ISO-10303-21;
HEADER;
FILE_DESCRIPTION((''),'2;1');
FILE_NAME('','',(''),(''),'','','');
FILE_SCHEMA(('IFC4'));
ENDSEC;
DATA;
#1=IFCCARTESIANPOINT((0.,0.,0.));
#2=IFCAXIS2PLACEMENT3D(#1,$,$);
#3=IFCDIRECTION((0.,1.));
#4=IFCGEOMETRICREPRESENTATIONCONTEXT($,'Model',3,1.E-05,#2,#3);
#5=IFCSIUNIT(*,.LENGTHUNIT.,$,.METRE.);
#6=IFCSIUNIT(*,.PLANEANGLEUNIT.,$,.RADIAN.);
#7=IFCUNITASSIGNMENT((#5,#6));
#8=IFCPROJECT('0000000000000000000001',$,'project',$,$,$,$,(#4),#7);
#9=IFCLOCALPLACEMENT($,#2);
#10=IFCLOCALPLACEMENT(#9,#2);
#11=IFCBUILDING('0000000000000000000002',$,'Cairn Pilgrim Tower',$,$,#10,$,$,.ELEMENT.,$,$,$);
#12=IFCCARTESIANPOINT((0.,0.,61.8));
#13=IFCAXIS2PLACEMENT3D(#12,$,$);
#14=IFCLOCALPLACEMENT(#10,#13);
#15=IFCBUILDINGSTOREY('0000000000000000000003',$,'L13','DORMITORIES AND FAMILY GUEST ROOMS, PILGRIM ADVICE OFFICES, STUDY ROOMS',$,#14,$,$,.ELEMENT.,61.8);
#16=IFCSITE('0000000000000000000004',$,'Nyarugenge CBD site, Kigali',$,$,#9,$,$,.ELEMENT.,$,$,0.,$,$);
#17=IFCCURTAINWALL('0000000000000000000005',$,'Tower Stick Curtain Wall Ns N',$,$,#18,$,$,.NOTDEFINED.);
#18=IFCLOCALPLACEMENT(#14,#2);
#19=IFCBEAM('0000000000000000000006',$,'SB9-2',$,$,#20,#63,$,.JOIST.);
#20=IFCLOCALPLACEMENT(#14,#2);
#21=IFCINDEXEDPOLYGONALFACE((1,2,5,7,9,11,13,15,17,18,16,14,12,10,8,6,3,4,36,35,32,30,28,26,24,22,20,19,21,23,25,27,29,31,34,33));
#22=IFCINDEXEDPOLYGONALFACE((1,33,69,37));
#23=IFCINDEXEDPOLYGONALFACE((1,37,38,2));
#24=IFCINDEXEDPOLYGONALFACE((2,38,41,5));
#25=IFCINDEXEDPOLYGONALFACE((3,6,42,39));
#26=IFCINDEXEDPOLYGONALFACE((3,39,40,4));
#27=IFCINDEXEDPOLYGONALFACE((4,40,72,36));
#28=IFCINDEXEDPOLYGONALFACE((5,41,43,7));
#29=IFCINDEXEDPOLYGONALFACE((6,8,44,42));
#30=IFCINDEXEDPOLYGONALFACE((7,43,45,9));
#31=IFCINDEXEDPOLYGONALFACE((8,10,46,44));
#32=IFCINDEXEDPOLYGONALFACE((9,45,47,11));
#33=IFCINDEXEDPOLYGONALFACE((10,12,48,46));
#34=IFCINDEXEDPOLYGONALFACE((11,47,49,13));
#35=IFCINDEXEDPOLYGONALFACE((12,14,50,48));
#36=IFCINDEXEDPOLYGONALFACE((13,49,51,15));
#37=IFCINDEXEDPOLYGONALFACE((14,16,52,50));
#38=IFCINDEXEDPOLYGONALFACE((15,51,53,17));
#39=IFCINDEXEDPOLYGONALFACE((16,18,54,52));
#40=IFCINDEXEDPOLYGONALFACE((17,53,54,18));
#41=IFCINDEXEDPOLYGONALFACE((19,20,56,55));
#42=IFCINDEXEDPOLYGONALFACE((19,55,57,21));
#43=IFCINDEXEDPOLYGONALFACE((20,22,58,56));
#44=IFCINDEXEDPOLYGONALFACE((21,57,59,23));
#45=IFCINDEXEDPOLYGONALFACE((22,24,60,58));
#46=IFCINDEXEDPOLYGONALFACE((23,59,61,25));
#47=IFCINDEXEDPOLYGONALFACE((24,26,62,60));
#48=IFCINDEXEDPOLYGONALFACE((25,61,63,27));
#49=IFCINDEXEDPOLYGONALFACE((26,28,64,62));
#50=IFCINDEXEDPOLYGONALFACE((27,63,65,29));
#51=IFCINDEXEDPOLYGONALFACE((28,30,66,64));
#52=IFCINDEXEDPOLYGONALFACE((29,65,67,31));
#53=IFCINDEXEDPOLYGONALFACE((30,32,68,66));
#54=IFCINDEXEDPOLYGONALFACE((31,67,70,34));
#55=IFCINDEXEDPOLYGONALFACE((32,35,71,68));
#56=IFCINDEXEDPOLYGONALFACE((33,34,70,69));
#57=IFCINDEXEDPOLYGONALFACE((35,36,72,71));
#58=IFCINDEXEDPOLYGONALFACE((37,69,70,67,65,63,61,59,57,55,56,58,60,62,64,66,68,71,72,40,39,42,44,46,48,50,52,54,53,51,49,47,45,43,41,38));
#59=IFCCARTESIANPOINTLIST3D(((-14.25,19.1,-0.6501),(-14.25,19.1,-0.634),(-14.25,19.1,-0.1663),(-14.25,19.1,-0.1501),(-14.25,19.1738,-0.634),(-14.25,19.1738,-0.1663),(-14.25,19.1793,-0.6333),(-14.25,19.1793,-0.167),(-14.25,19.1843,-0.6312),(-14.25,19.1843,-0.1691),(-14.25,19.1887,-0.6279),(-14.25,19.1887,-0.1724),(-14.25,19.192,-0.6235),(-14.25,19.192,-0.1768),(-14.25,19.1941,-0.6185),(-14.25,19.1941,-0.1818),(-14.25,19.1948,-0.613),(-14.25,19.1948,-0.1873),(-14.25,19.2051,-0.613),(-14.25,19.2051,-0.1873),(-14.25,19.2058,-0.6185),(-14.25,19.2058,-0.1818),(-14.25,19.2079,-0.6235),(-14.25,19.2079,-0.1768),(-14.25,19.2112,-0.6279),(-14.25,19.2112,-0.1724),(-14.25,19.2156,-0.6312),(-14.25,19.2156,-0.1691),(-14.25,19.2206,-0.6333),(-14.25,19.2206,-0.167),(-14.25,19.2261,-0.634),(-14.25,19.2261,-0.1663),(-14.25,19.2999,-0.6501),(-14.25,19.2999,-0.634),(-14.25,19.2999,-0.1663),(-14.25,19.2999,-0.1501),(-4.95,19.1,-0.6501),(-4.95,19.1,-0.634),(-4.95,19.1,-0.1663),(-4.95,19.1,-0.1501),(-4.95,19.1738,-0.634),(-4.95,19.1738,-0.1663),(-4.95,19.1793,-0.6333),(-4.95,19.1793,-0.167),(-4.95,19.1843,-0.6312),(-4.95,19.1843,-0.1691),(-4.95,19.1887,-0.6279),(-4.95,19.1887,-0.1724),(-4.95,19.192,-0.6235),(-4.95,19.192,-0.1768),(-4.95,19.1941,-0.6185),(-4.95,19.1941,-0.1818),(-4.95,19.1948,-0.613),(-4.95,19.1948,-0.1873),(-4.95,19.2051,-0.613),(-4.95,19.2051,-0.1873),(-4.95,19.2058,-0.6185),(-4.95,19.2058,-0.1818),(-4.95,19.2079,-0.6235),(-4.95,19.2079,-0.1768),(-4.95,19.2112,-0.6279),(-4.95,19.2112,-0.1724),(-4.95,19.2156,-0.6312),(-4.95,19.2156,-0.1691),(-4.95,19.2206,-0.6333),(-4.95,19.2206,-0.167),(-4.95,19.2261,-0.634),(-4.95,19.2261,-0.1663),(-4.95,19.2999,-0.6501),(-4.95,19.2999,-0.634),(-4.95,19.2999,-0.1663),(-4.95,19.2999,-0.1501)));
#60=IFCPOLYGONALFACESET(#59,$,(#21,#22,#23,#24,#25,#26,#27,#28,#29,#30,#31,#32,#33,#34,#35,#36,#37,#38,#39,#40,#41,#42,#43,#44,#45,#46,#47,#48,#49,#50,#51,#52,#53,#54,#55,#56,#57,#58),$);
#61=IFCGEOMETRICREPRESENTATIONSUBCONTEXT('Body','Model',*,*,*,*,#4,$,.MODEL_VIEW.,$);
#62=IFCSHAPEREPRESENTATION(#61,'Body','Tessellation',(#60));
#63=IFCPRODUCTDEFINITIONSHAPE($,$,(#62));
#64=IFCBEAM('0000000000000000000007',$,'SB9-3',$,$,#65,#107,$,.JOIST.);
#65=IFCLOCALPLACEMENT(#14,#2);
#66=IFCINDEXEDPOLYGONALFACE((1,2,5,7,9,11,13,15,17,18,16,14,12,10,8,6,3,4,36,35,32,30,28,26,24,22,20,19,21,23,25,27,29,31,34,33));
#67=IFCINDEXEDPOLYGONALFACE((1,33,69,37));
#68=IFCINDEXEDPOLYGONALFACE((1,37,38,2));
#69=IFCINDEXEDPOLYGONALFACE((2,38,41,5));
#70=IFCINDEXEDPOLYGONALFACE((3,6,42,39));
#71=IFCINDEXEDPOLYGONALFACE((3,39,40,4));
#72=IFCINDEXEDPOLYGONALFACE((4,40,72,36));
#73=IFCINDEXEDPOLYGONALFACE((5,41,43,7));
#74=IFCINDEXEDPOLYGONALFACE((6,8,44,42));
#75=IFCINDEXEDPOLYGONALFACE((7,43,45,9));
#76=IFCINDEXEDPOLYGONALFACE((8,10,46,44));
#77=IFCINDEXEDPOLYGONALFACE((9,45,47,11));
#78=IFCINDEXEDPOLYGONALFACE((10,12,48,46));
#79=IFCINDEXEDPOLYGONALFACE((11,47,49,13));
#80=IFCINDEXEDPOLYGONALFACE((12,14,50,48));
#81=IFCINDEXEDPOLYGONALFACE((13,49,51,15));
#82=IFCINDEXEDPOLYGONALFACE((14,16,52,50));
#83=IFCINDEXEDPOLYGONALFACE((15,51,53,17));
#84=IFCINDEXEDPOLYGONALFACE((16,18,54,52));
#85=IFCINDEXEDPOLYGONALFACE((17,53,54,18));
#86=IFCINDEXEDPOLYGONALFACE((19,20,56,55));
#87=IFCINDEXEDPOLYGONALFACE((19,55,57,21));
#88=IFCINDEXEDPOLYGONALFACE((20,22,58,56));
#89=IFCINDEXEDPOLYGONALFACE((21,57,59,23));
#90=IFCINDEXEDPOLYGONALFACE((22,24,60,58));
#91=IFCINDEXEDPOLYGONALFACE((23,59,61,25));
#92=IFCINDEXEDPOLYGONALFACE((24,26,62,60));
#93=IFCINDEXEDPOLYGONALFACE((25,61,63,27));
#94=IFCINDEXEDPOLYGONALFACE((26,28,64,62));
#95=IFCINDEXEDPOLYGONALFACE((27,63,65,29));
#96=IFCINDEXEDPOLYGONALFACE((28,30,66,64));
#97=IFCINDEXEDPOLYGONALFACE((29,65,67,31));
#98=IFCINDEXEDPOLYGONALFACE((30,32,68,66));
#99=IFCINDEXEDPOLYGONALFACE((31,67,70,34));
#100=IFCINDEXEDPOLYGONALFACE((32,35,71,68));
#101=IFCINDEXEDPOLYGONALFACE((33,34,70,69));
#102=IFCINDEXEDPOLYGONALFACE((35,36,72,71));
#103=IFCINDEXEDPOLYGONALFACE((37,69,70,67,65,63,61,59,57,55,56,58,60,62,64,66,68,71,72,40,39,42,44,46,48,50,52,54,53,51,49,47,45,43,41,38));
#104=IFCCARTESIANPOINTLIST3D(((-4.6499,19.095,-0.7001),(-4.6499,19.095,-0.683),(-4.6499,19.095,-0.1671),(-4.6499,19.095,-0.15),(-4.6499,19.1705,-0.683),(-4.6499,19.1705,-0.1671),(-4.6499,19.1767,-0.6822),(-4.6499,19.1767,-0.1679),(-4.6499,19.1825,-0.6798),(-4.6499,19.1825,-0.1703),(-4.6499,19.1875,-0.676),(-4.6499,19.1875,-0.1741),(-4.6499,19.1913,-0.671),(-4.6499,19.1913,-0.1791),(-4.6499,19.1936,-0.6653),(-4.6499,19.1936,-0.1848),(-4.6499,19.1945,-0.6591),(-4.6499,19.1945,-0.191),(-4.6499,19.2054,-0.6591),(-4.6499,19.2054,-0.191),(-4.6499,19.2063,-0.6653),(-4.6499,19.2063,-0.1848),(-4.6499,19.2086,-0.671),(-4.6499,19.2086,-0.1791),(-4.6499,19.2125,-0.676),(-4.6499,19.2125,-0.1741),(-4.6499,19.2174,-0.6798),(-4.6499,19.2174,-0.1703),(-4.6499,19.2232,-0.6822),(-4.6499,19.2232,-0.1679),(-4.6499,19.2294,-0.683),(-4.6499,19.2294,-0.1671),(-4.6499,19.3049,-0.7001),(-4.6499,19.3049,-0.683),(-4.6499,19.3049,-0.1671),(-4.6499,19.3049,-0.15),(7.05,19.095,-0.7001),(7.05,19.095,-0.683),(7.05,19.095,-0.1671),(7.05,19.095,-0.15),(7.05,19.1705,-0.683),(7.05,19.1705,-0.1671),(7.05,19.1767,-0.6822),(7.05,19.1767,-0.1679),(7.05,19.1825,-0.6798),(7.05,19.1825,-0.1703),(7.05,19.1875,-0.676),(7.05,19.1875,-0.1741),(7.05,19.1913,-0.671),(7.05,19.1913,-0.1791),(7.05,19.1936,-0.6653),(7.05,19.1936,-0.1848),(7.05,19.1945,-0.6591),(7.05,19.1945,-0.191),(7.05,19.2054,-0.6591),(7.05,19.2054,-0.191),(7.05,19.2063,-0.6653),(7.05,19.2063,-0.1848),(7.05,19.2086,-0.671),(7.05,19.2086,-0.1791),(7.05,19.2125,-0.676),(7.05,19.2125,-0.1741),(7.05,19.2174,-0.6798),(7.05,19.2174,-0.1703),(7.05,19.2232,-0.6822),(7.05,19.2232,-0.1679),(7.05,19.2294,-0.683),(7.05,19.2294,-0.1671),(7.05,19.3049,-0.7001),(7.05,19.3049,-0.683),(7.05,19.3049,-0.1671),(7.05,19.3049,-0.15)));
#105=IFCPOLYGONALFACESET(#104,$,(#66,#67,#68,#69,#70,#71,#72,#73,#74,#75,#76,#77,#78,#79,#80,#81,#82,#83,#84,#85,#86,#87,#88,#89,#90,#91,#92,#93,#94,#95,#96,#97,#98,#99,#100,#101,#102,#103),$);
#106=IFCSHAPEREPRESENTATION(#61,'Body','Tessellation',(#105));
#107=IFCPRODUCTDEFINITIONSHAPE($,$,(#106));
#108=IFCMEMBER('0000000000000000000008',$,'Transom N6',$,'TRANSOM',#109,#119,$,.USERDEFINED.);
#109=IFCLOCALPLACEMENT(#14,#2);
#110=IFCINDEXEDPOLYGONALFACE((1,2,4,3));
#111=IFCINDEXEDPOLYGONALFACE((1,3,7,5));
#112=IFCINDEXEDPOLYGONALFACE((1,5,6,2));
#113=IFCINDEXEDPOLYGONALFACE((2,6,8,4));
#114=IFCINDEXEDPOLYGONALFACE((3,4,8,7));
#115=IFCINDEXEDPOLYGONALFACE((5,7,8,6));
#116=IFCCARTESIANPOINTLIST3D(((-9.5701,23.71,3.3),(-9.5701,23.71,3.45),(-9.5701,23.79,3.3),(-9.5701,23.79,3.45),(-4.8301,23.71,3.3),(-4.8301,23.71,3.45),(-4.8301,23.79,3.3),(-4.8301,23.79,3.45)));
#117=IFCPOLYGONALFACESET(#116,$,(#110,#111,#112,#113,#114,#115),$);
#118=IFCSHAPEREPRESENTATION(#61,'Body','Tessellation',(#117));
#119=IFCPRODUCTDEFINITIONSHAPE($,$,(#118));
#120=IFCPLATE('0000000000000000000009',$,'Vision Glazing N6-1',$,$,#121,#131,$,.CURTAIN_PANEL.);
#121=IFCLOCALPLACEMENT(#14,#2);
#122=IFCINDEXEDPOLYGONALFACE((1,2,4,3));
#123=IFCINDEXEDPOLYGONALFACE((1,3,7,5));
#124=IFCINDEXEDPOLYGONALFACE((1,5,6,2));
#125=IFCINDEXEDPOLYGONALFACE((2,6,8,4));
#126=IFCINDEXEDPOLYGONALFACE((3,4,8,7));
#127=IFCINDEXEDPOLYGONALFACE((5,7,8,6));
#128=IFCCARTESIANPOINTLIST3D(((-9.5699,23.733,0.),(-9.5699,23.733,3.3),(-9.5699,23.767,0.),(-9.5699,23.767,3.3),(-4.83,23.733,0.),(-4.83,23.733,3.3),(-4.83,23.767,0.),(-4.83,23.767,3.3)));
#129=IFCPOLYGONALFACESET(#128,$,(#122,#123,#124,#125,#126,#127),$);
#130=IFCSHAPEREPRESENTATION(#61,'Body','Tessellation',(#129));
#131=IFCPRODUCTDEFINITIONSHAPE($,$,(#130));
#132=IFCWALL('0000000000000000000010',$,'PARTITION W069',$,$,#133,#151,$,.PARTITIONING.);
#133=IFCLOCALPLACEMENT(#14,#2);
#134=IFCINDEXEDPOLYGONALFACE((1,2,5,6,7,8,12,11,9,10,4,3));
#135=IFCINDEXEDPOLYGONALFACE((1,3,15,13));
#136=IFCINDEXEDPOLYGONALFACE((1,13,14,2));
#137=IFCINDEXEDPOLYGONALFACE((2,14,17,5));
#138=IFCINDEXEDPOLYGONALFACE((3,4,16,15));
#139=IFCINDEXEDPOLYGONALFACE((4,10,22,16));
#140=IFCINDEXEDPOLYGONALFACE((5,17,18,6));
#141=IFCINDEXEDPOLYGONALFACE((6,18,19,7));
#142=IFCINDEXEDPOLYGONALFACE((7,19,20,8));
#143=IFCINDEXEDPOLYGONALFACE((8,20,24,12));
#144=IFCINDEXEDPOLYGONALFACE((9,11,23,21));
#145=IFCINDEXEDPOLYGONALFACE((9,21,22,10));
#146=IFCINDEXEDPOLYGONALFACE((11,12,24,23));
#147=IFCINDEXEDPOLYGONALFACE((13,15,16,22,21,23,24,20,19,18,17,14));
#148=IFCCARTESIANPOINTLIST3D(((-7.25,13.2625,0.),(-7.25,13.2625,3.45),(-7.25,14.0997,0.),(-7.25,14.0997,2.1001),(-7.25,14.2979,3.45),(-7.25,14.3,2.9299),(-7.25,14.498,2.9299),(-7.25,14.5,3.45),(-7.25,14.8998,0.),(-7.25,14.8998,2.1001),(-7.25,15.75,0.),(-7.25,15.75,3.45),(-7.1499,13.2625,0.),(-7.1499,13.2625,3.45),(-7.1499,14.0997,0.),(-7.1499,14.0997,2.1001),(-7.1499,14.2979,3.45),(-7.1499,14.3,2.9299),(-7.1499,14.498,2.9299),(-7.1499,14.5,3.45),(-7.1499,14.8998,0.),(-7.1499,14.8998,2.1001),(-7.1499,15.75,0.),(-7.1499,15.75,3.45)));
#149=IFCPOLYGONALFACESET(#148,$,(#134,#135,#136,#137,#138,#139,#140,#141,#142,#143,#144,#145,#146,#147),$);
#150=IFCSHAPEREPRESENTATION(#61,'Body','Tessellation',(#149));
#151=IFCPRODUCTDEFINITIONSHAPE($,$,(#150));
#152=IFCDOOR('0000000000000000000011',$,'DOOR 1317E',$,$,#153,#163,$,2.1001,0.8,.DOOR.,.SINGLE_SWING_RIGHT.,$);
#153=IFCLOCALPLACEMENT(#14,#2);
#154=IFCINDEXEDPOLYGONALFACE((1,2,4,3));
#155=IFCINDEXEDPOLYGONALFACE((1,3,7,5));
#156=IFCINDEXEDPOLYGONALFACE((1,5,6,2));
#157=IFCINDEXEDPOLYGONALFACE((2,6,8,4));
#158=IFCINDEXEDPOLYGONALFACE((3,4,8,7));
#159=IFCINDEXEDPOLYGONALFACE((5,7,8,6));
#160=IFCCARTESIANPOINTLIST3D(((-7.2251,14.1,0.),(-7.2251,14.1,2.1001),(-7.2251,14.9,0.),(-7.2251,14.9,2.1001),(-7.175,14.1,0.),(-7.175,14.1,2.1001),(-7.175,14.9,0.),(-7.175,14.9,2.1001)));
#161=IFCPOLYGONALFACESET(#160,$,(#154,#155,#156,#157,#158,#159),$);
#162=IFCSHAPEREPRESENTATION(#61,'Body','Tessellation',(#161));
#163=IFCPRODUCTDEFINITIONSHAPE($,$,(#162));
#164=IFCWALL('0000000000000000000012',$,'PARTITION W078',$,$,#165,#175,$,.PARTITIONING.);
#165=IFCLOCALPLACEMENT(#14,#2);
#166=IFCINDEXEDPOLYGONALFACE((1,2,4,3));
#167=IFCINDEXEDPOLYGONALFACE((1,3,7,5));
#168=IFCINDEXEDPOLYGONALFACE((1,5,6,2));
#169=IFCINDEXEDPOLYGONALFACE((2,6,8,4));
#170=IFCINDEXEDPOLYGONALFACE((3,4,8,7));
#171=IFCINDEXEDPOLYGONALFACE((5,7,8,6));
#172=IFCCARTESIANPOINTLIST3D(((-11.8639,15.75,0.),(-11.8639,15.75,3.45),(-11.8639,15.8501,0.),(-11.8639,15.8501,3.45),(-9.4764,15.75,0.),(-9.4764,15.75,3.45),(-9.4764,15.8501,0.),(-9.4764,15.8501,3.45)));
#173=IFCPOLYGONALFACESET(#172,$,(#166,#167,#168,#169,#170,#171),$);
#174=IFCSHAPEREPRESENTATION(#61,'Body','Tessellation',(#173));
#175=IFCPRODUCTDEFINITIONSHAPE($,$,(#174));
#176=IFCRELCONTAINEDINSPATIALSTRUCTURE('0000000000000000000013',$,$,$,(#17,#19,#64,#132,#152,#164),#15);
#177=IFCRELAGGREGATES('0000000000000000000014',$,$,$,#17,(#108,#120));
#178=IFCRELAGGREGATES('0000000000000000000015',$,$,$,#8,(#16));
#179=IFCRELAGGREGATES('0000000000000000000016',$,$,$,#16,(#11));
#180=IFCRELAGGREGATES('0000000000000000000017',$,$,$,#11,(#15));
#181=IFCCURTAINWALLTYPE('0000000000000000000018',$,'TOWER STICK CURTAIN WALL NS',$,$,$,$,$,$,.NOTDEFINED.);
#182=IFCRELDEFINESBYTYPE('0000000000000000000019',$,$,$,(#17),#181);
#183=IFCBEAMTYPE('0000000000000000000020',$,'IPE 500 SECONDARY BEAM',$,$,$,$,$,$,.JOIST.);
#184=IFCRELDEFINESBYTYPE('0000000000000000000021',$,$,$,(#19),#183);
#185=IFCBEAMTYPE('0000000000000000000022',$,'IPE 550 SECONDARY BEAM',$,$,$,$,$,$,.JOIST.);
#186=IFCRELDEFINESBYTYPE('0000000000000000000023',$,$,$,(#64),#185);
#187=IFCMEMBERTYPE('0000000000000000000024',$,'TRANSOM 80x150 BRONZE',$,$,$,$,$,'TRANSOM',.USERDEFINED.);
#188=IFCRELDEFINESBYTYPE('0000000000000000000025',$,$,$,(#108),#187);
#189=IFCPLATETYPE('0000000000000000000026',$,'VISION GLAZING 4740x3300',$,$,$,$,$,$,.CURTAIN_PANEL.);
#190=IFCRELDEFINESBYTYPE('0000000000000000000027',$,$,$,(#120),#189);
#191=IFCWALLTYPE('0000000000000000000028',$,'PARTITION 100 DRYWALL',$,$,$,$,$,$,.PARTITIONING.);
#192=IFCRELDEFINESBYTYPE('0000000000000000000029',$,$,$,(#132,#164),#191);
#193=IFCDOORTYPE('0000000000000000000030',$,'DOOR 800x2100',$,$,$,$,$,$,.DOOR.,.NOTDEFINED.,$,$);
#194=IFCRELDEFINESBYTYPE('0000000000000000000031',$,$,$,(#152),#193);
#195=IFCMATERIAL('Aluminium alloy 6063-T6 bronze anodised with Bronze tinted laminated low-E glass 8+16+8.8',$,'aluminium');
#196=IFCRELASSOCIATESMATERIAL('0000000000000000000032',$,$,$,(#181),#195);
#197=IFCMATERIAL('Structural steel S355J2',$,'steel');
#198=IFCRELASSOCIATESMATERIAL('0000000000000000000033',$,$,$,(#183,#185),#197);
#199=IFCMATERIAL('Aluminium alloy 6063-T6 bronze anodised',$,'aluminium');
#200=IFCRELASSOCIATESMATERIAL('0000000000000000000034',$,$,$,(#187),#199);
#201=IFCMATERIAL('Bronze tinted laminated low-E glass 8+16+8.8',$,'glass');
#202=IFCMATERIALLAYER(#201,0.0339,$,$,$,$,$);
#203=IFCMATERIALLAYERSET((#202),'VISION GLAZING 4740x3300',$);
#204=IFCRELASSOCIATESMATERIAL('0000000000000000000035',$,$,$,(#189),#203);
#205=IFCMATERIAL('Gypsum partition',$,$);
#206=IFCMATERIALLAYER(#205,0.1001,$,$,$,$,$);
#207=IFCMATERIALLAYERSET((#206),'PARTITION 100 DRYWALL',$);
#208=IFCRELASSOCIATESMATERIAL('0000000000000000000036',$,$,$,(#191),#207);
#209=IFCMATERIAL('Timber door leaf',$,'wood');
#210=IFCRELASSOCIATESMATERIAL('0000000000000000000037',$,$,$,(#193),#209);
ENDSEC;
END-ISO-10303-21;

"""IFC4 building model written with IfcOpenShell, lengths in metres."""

from ifc_helpers import new_model, si_unit, direction, frame, frame_2d, origin, origin_2d, place, context, subcontext, project, spatial, polyline, rectangle, i_section, outline, extrude, material, layer, layer_set, material_profile, profile_set, type_object, element, fill, aggregate, save


model = new_model("IFC4")

# Units and contexts
model_context = context("Model", 3, precision=1e-05, world=origin(), true_north=direction((0.0, 1.0)))
body_context = subcontext(model_context, "Body", "Model", "MODEL_VIEW")
ifc_project = project(units=[si_unit("LENGTHUNIT", "METRE"), si_unit("PLANEANGLEUNIT", "RADIAN")], contexts=[model_context])

# Site, building, storey
site_placement = place(None, origin())
site = spatial("IfcSite", under=ifc_project, at=site_placement, Name="Nyarugenge CBD site, Kigali", CompositionType="ELEMENT", RefElevation=0.0)
building_placement = place(site_placement, origin())
building = spatial("IfcBuilding", under=site, at=building_placement, Name="Cairn Pilgrim Tower", CompositionType="ELEMENT")
storey_placement = place(building_placement, frame((0.0, 0.0, 61.8)))
storey = spatial("IfcBuildingStorey", under=building, at=storey_placement, Name="L13", Description="DORMITORIES AND FAMILY GUEST ROOMS, PILGRIM ADVICE OFFICES, STUDY ROOMS", CompositionType="ELEMENT", Elevation=61.8)

# Curtain wall
ifc_material_1 = material(Name="Aluminium alloy 6063-T6 bronze anodised with Bronze tinted laminated low-E glass 8+16+8.8", Category="aluminium")
curtain_wall_type = type_object("IfcCurtainWallType", Name="TOWER STICK CURTAIN WALL NS", PredefinedType="NOTDEFINED", material=ifc_material_1)
curtain_wall_placement = place(storey_placement, origin())
curtain_wall = element("IfcCurtainWall", 1, at=curtain_wall_placement, inside=storey, type_object=curtain_wall_type, Name="Tower Stick Curtain Wall Ns N", PredefinedType="NOTDEFINED")
ifc_material_2 = material(Name="Aluminium alloy 6063-T6 bronze anodised", Category="aluminium")

# Beams
ifc_material_3 = material(Name="Structural steel S355J2", Category="steel")
ifc_material_profile_1 = material_profile(ifc_material_3, i_section(OverallWidth=0.2, OverallDepth=0.5, WebThickness=0.0103, FlangeThickness=0.0161, FilletRadius=0.021, at=origin_2d()), Name="IPE 500")
ifc_profile_set_1 = profile_set([ifc_material_profile_1], Name="Structural steel S355J2")
beam_type_1 = type_object("IfcBeamType", Name="IPE 500 SECONDARY BEAM", PredefinedType="JOIST", material=ifc_profile_set_1)
for number, where, z_axis, x_axis, name in (
    (2, (-14.25, 19.2, -0.4001), (1.0, 0.0, 0.0), (0.0, 1.0, 0.0), "SB9-2"),
):
    element("IfcBeam", number, at=place(storey_placement, frame(where, z_axis=z_axis, x_axis=x_axis)), inside=storey, type_object=beam_type_1, Name=name, PredefinedType="JOIST", context=body_context, shape_type="SweptSolid", body=[
        extrude(i_section(OverallWidth=0.2, OverallDepth=0.5, WebThickness=0.0103, FlangeThickness=0.0161, FilletRadius=0.021, at=origin_2d()), origin(), (0.0, 0.0, 1.0), 9.3),
    ])
ifc_material_profile_2 = material_profile(ifc_material_3, i_section(OverallWidth=0.21, OverallDepth=0.55, WebThickness=0.011, FlangeThickness=0.0171, FilletRadius=0.0239, at=origin_2d()), Name="IPE 550")
ifc_profile_set_2 = profile_set([ifc_material_profile_2], Name="Structural steel S355J2")
beam_type_2 = type_object("IfcBeamType", Name="IPE 550 SECONDARY BEAM", PredefinedType="JOIST", material=ifc_profile_set_2)
beam_1_placement = place(storey_placement, frame((-4.6499, 19.2, -0.425), z_axis=(1.0, 0.0, 0.0), x_axis=(0.0, 1.0, 0.0)))
element("IfcBeam", 3, at=beam_1_placement, inside=storey, type_object=beam_type_2, Name="SB9-3", PredefinedType="JOIST", context=body_context, shape_type="SweptSolid", body=[
    extrude(i_section(OverallWidth=0.21, OverallDepth=0.55, WebThickness=0.011, FlangeThickness=0.0171, FilletRadius=0.0239, at=origin_2d()), origin(), (0.0, 0.0, 1.0), 11.7),
])

# Member
ifc_material_profile_3 = material_profile(ifc_material_2, rectangle(XDim=0.0801, YDim=0.1499, at=origin_2d()), Name="TRANSOM 80x150 BRONZE")
ifc_profile_set_3 = profile_set([ifc_material_profile_3], Name="Aluminium alloy 6063-T6 bronze anodised")
member_type_1 = type_object("IfcMemberType", Name="TRANSOM 80x150 BRONZE", ElementType="TRANSOM", PredefinedType="USERDEFINED", material=ifc_profile_set_3)
member_1_placement = place(storey_placement, frame((-4.8301, 23.75, 3.375), z_axis=(-1.0, 0.0, 0.0), x_axis=(0.0, -1.0, 0.0)))
member_1 = element("IfcMember", 4, at=member_1_placement, type_object=member_type_1, Name="Transom N6", ObjectType="TRANSOM", PredefinedType="USERDEFINED", context=body_context, shape_type="SweptSolid", body=[
    extrude(rectangle(XDim=0.0801, YDim=0.1499, at=origin_2d()), origin(), (0.0, 0.0, 1.0), 4.74),
])

# Plate
ifc_material_4 = material(Name="Bronze tinted laminated low-E glass 8+16+8.8", Category="glass")
ifc_layer_1 = layer(ifc_material_4, 0.0339)
ifc_layer_set_1 = layer_set([ifc_layer_1], Name="VISION GLAZING 4740x3300")
plate_type = type_object("IfcPlateType", Name="VISION GLAZING 4740x3300", PredefinedType="CURTAIN_PANEL", material=ifc_layer_set_1)
plate_placement = place(storey_placement, frame((-7.2, 23.75, 0.0), z_axis=(0.0, 0.0, 1.0), x_axis=(-1.0, 0.0, 0.0)))
plate = element("IfcPlate", 5, at=plate_placement, type_object=plate_type, Name="Vision Glazing N6-1", PredefinedType="CURTAIN_PANEL", context=body_context, shape_type="SweptSolid", body=[
    extrude(rectangle(XDim=4.74, YDim=0.0339, at=origin_2d()), origin(), (0.0, 0.0, 1.0), 3.3),
])
aggregate(curtain_wall, [member_1, plate])

# Wall, opening, door
ifc_material_5 = material(Name="Gypsum partition")
ifc_layer_2 = layer(ifc_material_5, 0.1001)
ifc_layer_set_2 = layer_set([ifc_layer_2], Name="PARTITION 100 DRYWALL")
wall_type_1 = type_object("IfcWallType", Name="PARTITION 100 DRYWALL", PredefinedType="PARTITIONING", material=ifc_layer_set_2)
wall_1_placement = place(storey_placement, frame((-7.2, 13.2625, 0.0), z_axis=(0.0, 0.0, 1.0), x_axis=(0.0, 1.0, 0.0)))
wall_1 = element("IfcWall", 6, at=wall_1_placement, inside=storey, type_object=wall_type_1, Name="PARTITION W069", PredefinedType="PARTITIONING", context=body_context, shape_type="SweptSolid", body=[
    extrude(outline(polyline([(0.0, 0.0), (2.4875, 0.0), (2.4875, 3.45), (1.2375, 3.45), (1.2356, 2.9299), (1.0376, 2.9299), (1.0354, 3.45), (0.0, 3.45), (0.0, 0.0)])), frame((0.0, 0.05, 0.0), z_axis=(0.0, -1.0, 0.0), x_axis=(1.0, 0.0, 0.0)), (0.0, 0.0, 1.0), 0.1001),
])
opening_1_placement = place(wall_1_placement, frame((0.8374, 0.0, 0.0)))
opening_1 = element("IfcOpeningElement", 7, at=opening_1_placement, cuts=wall_1, PredefinedType="OPENING", context=body_context, shape_type="SweptSolid", body=[
    extrude(rectangle(XDim=0.8, YDim=2.1001, at=frame_2d((0.3999, 1.05))), frame((0.0, 0.0601, 0.0), z_axis=(0.0, -1.0, 0.0), x_axis=(1.0, 0.0, 0.0)), (0.0, 0.0, 1.0), 0.1201),
])
ifc_material_6 = material(Name="Timber door leaf", Category="wood")
door_type_1 = type_object("IfcDoorType", Name="DOOR 800x2100", OperationType="NOTDEFINED", PredefinedType="DOOR", material=ifc_material_6)
door_1_placement = place(opening_1_placement, frame((0.8, 0.0, 0.0), z_axis=(0.0, 0.0, 1.0), x_axis=(-1.0, 0.0, 0.0)))
door_1 = element("IfcDoor", 8, at=door_1_placement, inside=storey, type_object=door_type_1, Name="DOOR 1317E", OperationType="SINGLE_SWING_RIGHT", OverallHeight=2.1001, OverallWidth=0.8, PredefinedType="DOOR", context=body_context, shape_type="SweptSolid", body=[
    extrude(rectangle(XDim=0.8, YDim=2.1001, at=frame_2d((0.3999, 1.05))), frame((0.0, 0.0249, 0.0), z_axis=(0.0, -1.0, 0.0), x_axis=(1.0, 0.0, 0.0)), (0.0, 0.0, 1.0), 0.05),
])
fill(opening_1, door_1)

# Wall
wall_2_placement = place(storey_placement, frame((-11.864, 15.8, 0.0), z_axis=(0.0, 0.0, 1.0), x_axis=(1.0, 0.0, 0.0)))
element("IfcWall", 9, at=wall_2_placement, inside=storey, type_object=wall_type_1, Name="PARTITION W078", PredefinedType="PARTITIONING", context=body_context, shape_type="SweptSolid", body=[
    extrude(rectangle(XDim=2.3875, YDim=0.1001, at=frame_2d((1.1938, 0.0))), origin(), (0.0, 0.0, 1.0), 3.45),
])

save(model, "model.ifc")
